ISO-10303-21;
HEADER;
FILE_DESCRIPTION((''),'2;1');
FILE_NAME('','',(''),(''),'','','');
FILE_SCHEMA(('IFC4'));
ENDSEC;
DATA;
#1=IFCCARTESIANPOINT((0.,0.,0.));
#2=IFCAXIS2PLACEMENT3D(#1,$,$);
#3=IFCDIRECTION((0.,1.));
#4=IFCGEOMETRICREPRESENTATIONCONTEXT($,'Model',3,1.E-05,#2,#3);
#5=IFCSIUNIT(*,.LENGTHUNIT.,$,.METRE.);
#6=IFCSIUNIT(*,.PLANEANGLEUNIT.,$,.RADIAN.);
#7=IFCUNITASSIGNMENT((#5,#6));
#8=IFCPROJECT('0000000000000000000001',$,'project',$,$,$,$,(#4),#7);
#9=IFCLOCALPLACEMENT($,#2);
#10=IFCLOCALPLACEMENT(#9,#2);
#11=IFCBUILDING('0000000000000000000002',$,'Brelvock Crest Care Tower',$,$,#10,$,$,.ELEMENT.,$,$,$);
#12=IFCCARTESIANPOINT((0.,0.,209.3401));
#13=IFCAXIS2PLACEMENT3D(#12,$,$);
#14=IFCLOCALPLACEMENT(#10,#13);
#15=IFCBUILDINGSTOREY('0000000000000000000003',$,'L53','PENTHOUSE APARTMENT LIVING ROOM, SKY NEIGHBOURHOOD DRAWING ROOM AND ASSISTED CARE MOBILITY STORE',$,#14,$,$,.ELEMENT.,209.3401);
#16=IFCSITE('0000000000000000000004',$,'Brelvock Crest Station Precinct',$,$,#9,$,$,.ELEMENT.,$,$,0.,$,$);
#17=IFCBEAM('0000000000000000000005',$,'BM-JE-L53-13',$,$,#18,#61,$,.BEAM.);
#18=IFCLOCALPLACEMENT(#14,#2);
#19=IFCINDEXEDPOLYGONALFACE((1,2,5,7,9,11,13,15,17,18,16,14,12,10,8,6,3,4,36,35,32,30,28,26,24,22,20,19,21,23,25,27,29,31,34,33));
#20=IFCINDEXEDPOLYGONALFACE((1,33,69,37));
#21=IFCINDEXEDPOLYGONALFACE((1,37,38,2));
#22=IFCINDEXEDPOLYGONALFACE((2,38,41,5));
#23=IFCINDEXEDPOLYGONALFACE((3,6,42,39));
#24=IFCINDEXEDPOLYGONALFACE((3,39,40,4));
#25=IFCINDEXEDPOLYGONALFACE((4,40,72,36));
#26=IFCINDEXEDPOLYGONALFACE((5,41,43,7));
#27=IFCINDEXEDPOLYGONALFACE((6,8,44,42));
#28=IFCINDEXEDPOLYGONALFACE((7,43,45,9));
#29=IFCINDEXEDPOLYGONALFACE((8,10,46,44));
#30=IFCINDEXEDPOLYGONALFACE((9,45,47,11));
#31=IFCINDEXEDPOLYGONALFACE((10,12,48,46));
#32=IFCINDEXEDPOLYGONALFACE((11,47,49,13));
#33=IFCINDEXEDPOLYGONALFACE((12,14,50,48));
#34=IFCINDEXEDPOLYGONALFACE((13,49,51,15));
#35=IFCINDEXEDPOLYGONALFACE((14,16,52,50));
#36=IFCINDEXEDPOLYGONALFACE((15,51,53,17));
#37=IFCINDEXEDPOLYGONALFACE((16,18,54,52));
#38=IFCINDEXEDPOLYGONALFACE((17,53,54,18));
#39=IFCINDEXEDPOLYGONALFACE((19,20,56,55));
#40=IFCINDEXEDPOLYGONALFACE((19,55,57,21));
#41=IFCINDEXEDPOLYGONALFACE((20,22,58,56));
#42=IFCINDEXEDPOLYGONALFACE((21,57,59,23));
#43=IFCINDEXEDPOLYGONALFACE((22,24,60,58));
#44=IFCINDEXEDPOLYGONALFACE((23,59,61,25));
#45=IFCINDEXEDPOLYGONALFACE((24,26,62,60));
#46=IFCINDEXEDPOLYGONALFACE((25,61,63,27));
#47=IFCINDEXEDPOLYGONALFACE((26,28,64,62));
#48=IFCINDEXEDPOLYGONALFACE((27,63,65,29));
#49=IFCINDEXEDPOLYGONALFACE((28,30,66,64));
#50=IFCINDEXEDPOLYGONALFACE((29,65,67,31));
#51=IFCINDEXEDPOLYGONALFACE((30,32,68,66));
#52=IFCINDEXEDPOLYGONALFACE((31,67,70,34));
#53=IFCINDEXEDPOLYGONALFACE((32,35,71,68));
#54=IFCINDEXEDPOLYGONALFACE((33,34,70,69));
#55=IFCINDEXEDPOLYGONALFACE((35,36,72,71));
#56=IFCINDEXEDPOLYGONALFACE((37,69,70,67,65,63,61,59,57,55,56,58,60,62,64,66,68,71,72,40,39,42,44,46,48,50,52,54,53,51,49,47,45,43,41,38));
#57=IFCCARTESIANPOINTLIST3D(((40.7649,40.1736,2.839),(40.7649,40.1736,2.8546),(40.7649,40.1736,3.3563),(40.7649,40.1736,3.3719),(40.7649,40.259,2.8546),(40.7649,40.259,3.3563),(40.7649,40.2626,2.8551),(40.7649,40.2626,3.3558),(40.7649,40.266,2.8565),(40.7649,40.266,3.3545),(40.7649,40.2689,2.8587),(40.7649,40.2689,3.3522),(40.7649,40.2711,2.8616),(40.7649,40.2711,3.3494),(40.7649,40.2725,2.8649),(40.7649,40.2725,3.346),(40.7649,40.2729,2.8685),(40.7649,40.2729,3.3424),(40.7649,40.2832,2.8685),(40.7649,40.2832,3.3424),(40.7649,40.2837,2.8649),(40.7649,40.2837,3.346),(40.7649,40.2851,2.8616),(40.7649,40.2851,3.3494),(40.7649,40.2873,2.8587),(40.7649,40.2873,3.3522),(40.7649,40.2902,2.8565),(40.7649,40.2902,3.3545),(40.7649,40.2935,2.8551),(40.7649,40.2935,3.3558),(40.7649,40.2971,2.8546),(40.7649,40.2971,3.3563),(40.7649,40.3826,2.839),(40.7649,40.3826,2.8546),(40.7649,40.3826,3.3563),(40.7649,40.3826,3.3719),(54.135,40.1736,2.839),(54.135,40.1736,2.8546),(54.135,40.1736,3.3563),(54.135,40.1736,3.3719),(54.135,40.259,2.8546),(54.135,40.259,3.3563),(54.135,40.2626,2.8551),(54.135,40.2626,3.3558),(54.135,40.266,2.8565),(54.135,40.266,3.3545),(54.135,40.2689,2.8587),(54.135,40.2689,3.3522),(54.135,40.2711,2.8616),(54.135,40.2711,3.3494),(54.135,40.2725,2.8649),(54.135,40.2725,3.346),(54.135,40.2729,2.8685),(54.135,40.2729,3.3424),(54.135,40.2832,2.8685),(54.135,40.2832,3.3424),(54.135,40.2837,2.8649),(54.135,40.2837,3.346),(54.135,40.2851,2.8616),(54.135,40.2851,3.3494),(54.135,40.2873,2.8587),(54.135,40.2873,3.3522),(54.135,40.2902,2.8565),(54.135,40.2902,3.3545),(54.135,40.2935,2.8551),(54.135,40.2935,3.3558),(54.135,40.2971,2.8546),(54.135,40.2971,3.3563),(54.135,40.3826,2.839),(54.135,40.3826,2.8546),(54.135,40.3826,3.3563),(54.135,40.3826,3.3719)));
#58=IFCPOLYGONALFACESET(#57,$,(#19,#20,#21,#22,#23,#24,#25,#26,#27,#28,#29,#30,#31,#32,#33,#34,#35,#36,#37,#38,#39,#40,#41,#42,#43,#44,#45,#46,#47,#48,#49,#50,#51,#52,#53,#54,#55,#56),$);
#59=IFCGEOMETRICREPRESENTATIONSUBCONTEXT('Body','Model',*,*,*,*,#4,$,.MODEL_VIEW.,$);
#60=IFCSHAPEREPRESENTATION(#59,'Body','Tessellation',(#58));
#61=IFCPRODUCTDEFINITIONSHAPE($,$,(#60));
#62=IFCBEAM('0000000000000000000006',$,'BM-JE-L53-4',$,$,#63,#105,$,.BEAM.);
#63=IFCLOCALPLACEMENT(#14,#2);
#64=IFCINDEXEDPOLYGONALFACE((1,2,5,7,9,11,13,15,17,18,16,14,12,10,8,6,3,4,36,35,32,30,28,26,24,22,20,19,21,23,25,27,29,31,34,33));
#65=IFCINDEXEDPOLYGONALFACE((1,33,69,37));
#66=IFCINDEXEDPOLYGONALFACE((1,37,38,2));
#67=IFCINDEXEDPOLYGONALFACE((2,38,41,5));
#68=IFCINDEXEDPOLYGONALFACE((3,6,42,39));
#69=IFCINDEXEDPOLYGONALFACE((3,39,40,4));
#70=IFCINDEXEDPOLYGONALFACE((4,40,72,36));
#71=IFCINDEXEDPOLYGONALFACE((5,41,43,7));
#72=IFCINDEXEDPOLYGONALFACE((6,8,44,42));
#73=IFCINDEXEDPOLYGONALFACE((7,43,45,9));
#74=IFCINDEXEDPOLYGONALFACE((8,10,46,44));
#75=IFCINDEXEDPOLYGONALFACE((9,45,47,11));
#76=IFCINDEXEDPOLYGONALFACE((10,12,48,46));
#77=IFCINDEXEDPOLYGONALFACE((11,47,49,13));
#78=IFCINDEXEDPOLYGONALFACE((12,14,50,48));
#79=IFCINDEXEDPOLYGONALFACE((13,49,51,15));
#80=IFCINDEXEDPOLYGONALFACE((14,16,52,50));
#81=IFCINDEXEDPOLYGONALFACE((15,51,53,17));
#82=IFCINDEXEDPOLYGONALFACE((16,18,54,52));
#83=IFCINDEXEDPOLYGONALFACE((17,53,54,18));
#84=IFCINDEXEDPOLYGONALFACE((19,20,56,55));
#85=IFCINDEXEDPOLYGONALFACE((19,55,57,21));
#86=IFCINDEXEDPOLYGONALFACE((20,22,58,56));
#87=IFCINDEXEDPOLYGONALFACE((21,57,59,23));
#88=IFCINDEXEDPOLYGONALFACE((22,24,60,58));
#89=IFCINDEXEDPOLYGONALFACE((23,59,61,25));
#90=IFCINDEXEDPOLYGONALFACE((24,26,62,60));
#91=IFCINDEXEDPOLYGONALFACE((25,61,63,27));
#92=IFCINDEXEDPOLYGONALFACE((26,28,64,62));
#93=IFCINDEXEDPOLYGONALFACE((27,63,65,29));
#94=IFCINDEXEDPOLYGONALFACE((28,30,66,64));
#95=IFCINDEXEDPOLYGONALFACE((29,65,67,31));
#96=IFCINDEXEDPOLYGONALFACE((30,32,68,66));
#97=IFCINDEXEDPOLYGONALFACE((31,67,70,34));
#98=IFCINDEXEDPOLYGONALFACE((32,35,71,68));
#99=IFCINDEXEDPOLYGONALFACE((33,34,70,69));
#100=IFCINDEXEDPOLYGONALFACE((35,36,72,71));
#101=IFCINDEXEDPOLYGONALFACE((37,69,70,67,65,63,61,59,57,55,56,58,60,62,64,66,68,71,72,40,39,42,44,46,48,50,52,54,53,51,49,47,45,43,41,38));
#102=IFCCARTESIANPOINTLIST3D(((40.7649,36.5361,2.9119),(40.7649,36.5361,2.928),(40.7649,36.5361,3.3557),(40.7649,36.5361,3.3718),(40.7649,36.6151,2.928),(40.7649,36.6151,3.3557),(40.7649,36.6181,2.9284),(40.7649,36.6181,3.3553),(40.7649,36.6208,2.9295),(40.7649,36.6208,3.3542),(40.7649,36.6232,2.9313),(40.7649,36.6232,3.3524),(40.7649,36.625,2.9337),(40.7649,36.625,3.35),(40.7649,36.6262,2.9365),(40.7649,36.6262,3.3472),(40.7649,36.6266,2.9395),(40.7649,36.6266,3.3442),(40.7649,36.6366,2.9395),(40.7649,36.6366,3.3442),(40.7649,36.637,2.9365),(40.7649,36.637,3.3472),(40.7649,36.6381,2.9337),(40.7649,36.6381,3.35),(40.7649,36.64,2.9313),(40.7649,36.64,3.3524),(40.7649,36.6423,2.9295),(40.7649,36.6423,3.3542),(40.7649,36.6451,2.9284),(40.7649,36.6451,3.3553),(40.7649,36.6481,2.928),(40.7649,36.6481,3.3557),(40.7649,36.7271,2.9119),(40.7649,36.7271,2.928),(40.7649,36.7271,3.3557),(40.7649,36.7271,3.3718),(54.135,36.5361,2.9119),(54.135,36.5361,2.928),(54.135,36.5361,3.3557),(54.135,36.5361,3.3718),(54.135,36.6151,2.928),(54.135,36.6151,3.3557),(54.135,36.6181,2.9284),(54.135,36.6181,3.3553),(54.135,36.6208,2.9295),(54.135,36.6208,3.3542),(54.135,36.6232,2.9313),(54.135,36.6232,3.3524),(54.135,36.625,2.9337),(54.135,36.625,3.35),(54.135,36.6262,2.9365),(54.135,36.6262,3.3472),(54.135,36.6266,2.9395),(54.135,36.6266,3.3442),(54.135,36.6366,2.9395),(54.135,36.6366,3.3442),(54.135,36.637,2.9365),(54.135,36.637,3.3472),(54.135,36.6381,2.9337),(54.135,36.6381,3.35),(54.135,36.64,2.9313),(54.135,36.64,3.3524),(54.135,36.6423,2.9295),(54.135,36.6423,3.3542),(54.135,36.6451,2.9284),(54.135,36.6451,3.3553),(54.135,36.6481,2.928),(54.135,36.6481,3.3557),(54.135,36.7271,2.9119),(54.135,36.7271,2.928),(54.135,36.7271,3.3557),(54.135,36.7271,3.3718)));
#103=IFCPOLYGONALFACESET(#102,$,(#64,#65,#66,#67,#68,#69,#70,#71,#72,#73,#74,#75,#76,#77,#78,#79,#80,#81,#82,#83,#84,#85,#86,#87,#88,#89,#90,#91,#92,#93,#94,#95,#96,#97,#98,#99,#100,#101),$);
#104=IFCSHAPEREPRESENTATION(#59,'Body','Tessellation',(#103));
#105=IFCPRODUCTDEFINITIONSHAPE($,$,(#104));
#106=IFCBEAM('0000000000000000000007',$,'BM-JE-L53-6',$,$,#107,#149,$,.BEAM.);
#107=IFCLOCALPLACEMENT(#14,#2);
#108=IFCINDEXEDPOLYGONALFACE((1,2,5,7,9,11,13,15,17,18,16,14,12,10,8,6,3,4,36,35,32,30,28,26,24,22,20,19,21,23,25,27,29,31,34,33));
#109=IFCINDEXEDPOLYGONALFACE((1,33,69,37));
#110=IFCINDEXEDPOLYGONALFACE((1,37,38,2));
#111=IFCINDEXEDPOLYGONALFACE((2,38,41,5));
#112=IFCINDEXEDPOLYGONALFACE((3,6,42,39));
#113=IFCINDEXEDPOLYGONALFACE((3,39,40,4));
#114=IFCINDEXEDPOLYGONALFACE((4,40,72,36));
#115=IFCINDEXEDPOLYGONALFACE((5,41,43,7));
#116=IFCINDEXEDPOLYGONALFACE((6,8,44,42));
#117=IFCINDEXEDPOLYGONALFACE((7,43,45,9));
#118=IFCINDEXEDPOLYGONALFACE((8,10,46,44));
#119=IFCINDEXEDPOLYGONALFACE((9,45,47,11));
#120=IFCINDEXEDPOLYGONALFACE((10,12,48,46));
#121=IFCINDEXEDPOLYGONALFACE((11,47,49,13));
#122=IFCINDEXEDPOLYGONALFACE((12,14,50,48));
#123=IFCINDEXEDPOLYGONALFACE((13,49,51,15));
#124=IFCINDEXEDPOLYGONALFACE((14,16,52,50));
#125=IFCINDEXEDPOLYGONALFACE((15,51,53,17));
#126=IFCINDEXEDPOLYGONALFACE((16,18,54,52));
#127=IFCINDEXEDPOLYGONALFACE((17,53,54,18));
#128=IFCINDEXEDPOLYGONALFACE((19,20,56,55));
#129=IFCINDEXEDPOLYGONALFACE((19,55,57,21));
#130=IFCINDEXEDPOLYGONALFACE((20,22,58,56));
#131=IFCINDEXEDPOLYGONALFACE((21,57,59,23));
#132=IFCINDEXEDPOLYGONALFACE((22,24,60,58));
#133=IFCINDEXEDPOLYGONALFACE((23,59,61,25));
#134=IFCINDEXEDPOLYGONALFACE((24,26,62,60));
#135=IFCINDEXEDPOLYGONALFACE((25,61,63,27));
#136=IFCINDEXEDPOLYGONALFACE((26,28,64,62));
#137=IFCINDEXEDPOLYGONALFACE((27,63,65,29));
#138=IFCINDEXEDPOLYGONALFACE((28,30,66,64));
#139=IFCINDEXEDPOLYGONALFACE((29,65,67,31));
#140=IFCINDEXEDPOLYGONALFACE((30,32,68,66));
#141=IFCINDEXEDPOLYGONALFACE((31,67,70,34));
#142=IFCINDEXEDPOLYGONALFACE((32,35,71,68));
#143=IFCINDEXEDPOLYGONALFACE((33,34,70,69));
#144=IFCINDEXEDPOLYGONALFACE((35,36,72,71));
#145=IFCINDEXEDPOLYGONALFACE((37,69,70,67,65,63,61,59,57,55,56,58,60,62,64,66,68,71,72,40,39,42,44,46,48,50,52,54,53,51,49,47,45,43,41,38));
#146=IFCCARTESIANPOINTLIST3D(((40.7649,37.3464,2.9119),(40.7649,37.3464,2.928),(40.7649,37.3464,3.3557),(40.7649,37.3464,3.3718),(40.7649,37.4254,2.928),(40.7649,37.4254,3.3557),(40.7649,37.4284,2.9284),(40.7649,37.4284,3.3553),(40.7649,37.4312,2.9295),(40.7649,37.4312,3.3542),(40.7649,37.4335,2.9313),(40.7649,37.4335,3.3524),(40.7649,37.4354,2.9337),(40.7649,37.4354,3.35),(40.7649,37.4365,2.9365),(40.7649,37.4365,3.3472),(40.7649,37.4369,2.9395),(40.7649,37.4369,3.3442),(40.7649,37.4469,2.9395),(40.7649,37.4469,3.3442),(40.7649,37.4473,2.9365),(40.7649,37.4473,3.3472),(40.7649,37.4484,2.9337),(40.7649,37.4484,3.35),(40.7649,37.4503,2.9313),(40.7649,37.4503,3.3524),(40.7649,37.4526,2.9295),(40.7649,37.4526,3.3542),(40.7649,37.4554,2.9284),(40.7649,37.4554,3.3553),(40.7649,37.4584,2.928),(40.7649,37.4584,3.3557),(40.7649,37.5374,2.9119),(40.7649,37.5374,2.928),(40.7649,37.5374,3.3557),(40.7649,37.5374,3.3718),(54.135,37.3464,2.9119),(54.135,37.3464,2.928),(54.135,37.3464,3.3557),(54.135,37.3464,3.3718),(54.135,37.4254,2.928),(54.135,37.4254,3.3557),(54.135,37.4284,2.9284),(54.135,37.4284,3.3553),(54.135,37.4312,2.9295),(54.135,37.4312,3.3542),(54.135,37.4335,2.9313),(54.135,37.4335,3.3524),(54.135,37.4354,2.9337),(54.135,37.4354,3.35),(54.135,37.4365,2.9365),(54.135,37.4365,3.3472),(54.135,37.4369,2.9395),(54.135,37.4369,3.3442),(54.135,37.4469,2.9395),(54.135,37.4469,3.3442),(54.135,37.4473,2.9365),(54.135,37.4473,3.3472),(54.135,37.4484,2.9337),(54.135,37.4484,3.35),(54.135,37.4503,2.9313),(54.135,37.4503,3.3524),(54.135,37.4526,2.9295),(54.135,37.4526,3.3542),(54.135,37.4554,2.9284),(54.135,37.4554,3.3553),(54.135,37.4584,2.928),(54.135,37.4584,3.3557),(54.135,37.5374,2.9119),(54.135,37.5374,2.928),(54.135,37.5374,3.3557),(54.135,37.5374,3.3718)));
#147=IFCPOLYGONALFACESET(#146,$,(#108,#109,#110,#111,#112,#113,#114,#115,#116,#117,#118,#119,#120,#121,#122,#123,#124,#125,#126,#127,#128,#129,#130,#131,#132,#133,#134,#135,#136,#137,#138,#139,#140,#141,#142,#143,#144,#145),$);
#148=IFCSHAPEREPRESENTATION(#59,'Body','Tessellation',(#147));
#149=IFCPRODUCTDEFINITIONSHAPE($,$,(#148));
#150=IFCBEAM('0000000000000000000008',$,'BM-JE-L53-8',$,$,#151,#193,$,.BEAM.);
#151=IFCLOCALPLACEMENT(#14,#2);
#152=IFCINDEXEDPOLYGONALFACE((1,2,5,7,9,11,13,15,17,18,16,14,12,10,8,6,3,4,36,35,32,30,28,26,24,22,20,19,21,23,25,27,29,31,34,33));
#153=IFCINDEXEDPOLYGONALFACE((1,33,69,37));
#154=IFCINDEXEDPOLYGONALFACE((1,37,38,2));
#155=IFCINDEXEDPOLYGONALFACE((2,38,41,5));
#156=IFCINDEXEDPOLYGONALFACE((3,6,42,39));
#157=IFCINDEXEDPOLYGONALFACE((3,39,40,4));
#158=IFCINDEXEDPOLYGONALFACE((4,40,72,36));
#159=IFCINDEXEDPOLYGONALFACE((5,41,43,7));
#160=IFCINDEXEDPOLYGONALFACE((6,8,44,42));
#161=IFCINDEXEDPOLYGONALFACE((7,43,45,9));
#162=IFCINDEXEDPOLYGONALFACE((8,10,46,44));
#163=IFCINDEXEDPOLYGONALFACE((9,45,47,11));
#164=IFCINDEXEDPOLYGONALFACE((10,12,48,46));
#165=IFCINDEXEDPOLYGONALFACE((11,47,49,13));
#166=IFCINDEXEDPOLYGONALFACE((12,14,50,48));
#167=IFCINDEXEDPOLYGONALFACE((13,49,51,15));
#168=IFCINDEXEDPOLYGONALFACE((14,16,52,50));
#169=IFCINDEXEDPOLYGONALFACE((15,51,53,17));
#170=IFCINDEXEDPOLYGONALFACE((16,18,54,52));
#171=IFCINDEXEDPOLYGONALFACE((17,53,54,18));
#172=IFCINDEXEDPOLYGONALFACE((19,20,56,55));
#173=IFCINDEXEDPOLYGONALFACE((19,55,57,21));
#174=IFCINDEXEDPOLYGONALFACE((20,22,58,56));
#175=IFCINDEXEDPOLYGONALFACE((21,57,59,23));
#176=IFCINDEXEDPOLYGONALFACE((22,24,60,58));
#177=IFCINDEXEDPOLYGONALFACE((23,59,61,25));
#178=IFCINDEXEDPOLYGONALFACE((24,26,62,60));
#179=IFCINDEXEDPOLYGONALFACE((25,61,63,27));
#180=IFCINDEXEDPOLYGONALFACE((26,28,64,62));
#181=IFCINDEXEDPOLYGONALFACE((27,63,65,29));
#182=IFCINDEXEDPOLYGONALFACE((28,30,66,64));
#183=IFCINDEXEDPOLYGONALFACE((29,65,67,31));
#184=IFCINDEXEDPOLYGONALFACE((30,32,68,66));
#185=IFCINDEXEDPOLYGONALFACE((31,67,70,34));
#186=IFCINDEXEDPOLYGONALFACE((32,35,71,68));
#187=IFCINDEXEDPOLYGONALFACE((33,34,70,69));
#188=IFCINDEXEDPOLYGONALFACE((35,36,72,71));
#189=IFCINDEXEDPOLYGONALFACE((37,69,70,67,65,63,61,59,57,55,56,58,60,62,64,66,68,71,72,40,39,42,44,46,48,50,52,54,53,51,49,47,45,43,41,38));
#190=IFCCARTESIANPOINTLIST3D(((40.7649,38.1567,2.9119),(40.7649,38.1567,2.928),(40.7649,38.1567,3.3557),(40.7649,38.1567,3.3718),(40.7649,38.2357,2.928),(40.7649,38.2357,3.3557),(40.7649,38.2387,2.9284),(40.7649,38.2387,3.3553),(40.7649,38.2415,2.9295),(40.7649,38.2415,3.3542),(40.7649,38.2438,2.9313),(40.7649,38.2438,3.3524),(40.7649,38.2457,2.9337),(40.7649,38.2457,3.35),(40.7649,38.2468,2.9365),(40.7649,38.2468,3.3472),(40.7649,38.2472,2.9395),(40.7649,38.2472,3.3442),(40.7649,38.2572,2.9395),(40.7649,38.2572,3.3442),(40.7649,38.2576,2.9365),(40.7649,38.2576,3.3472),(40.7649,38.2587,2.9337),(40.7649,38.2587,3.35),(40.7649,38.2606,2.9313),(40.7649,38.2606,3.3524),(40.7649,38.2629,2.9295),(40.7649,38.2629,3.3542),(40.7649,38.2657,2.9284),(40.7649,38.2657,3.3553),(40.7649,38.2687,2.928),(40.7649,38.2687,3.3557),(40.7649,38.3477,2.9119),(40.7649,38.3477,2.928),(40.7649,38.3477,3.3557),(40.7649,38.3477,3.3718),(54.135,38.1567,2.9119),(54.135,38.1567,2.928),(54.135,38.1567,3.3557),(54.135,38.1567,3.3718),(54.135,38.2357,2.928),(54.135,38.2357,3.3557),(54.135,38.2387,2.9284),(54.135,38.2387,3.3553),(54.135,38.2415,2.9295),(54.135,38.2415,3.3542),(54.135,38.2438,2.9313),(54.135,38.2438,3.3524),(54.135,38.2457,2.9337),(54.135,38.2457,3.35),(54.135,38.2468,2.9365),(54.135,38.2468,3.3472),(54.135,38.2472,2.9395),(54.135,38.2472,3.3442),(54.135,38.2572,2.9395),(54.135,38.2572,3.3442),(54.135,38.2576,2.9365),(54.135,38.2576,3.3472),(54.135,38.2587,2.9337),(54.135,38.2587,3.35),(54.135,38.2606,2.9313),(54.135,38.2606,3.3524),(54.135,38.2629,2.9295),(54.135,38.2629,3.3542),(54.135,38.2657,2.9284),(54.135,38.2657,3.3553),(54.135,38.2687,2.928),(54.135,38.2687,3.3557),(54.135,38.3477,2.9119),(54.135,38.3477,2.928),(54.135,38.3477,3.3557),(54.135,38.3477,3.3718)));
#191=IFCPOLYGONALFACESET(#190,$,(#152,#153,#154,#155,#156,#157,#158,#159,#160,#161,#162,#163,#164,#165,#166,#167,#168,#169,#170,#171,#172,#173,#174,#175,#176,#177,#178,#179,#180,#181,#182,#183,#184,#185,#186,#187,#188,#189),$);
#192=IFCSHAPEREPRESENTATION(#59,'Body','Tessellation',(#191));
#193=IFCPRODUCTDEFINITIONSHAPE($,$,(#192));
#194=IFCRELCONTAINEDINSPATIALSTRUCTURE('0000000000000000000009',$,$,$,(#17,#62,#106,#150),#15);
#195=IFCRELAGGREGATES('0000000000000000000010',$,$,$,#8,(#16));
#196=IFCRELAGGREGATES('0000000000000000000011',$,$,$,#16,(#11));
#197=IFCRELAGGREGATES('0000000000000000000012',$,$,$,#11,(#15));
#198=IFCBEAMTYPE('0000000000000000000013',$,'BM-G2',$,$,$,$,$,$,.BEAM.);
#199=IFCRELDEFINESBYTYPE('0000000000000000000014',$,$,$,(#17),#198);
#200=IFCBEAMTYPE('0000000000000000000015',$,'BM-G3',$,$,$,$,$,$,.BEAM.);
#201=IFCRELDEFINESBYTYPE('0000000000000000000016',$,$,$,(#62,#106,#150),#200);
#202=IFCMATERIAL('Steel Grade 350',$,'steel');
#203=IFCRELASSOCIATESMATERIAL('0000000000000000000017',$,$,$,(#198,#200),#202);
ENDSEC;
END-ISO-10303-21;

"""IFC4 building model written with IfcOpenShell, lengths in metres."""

from ifc_helpers import new_model, si_unit, direction, frame, origin, origin_2d, place, context, subcontext, project, spatial, i_section, extrude, source, transform, mapped, material, material_profile, profile_set, type_object, element, save


model = new_model("IFC4")

# Units and contexts
model_context = context("Model", 3, precision=1e-05, world=origin(), true_north=direction((0.0, 1.0)))
body_context = subcontext(model_context, "Body", "Model", "MODEL_VIEW")
ifc_project = project(units=[si_unit("LENGTHUNIT", "METRE"), si_unit("PLANEANGLEUNIT", "RADIAN")], contexts=[model_context])

# Site, building, storey
site_placement = place(None, origin())
site = spatial("IfcSite", under=ifc_project, at=site_placement, Name="Brelvock Crest Station Precinct", CompositionType="ELEMENT", RefElevation=0.0)
building_placement = place(site_placement, origin())
building = spatial("IfcBuilding", under=site, at=building_placement, Name="Brelvock Crest Care Tower", CompositionType="ELEMENT")
storey_placement = place(building_placement, frame((0.0, 0.0, 209.3401)))
storey = spatial("IfcBuildingStorey", under=building, at=storey_placement, Name="L53", Description="PENTHOUSE APARTMENT LIVING ROOM, SKY NEIGHBOURHOOD DRAWING ROOM AND ASSISTED CARE MOBILITY STORE", CompositionType="ELEMENT", Elevation=209.3401)

# Beams
ifc_material_1 = material(Name="Steel Grade 350", Category="steel")
ifc_material_profile_1 = material_profile(ifc_material_1, i_section(OverallWidth=0.209, OverallDepth=0.533, WebThickness=0.0103, FlangeThickness=0.0156, FilletRadius=0.0139, at=origin_2d()), Name="530UB92.4")
ifc_profile_set_1 = profile_set([ifc_material_profile_1], Name="Steel Grade 350")
beam_type_1 = type_object("IfcBeamType", Name="BM-G2", PredefinedType="BEAM", material=ifc_profile_set_1)
shared_shape_1 = source(origin(), body_context, "Body", "SweptSolid", [
    extrude(i_section(OverallWidth=0.209, OverallDepth=0.533, WebThickness=0.0103, FlangeThickness=0.0156, FilletRadius=0.0139, at=origin_2d()), origin(), (0.0, 0.0, 1.0), 13.3701),
])
for number, where, z_axis, x_axis, name in (
    (1, (40.7649, 40.2781, 3.1055), (1.0, 0.0, 0.0), (0.0, 1.0, 0.0), "BM-JE-L53-13"),
):
    element("IfcBeam", number, at=place(storey_placement, frame(where, z_axis=z_axis, x_axis=x_axis)), inside=storey, type_object=beam_type_1, Name=name, PredefinedType="BEAM", context=body_context, shape_type="MappedRepresentation", body=[
        mapped(shared_shape_1, transform((0.0, 0.0, 0.0), x_axis=(1.0, 0.0, 0.0), y_axis=(0.0, 1.0, 0.0), z_axis=(0.0, 0.0, 1.0), scale=1.0)),
    ])
ifc_material_profile_2 = material_profile(ifc_material_1, i_section(OverallWidth=0.1909, OverallDepth=0.46, WebThickness=0.01, FlangeThickness=0.0161, FilletRadius=0.0115, at=origin_2d()), Name="460UB82.1")
ifc_profile_set_2 = profile_set([ifc_material_profile_2], Name="Steel Grade 350")
beam_type_2 = type_object("IfcBeamType", Name="BM-G3", PredefinedType="BEAM", material=ifc_profile_set_2)
shared_shape_2 = source(origin(), body_context, "Body", "SweptSolid", [
    extrude(i_section(OverallWidth=0.1909, OverallDepth=0.46, WebThickness=0.01, FlangeThickness=0.0161, FilletRadius=0.0115, at=origin_2d()), origin(), (0.0, 0.0, 1.0), 13.3701),
])
for number, where, z_axis, x_axis, name in (
    (2, (40.7649, 36.6316, 3.1418), (1.0, 0.0, 0.0), (0.0, 1.0, 0.0), "BM-JE-L53-4"),
    (3, (40.7649, 37.4419, 3.1418), (1.0, 0.0, 0.0), (0.0, 1.0, 0.0), "BM-JE-L53-6"),
    (4, (40.7649, 38.2522, 3.1418), (1.0, 0.0, 0.0), (0.0, 1.0, 0.0), "BM-JE-L53-8"),
):
    element("IfcBeam", number, at=place(storey_placement, frame(where, z_axis=z_axis, x_axis=x_axis)), inside=storey, type_object=beam_type_2, Name=name, PredefinedType="BEAM", context=body_context, shape_type="MappedRepresentation", body=[
        mapped(shared_shape_2, transform((0.0, 0.0, 0.0), x_axis=(1.0, 0.0, 0.0), y_axis=(0.0, 1.0, 0.0), z_axis=(0.0, 0.0, 1.0), scale=1.0)),
    ])

save(model, "model.ifc")
